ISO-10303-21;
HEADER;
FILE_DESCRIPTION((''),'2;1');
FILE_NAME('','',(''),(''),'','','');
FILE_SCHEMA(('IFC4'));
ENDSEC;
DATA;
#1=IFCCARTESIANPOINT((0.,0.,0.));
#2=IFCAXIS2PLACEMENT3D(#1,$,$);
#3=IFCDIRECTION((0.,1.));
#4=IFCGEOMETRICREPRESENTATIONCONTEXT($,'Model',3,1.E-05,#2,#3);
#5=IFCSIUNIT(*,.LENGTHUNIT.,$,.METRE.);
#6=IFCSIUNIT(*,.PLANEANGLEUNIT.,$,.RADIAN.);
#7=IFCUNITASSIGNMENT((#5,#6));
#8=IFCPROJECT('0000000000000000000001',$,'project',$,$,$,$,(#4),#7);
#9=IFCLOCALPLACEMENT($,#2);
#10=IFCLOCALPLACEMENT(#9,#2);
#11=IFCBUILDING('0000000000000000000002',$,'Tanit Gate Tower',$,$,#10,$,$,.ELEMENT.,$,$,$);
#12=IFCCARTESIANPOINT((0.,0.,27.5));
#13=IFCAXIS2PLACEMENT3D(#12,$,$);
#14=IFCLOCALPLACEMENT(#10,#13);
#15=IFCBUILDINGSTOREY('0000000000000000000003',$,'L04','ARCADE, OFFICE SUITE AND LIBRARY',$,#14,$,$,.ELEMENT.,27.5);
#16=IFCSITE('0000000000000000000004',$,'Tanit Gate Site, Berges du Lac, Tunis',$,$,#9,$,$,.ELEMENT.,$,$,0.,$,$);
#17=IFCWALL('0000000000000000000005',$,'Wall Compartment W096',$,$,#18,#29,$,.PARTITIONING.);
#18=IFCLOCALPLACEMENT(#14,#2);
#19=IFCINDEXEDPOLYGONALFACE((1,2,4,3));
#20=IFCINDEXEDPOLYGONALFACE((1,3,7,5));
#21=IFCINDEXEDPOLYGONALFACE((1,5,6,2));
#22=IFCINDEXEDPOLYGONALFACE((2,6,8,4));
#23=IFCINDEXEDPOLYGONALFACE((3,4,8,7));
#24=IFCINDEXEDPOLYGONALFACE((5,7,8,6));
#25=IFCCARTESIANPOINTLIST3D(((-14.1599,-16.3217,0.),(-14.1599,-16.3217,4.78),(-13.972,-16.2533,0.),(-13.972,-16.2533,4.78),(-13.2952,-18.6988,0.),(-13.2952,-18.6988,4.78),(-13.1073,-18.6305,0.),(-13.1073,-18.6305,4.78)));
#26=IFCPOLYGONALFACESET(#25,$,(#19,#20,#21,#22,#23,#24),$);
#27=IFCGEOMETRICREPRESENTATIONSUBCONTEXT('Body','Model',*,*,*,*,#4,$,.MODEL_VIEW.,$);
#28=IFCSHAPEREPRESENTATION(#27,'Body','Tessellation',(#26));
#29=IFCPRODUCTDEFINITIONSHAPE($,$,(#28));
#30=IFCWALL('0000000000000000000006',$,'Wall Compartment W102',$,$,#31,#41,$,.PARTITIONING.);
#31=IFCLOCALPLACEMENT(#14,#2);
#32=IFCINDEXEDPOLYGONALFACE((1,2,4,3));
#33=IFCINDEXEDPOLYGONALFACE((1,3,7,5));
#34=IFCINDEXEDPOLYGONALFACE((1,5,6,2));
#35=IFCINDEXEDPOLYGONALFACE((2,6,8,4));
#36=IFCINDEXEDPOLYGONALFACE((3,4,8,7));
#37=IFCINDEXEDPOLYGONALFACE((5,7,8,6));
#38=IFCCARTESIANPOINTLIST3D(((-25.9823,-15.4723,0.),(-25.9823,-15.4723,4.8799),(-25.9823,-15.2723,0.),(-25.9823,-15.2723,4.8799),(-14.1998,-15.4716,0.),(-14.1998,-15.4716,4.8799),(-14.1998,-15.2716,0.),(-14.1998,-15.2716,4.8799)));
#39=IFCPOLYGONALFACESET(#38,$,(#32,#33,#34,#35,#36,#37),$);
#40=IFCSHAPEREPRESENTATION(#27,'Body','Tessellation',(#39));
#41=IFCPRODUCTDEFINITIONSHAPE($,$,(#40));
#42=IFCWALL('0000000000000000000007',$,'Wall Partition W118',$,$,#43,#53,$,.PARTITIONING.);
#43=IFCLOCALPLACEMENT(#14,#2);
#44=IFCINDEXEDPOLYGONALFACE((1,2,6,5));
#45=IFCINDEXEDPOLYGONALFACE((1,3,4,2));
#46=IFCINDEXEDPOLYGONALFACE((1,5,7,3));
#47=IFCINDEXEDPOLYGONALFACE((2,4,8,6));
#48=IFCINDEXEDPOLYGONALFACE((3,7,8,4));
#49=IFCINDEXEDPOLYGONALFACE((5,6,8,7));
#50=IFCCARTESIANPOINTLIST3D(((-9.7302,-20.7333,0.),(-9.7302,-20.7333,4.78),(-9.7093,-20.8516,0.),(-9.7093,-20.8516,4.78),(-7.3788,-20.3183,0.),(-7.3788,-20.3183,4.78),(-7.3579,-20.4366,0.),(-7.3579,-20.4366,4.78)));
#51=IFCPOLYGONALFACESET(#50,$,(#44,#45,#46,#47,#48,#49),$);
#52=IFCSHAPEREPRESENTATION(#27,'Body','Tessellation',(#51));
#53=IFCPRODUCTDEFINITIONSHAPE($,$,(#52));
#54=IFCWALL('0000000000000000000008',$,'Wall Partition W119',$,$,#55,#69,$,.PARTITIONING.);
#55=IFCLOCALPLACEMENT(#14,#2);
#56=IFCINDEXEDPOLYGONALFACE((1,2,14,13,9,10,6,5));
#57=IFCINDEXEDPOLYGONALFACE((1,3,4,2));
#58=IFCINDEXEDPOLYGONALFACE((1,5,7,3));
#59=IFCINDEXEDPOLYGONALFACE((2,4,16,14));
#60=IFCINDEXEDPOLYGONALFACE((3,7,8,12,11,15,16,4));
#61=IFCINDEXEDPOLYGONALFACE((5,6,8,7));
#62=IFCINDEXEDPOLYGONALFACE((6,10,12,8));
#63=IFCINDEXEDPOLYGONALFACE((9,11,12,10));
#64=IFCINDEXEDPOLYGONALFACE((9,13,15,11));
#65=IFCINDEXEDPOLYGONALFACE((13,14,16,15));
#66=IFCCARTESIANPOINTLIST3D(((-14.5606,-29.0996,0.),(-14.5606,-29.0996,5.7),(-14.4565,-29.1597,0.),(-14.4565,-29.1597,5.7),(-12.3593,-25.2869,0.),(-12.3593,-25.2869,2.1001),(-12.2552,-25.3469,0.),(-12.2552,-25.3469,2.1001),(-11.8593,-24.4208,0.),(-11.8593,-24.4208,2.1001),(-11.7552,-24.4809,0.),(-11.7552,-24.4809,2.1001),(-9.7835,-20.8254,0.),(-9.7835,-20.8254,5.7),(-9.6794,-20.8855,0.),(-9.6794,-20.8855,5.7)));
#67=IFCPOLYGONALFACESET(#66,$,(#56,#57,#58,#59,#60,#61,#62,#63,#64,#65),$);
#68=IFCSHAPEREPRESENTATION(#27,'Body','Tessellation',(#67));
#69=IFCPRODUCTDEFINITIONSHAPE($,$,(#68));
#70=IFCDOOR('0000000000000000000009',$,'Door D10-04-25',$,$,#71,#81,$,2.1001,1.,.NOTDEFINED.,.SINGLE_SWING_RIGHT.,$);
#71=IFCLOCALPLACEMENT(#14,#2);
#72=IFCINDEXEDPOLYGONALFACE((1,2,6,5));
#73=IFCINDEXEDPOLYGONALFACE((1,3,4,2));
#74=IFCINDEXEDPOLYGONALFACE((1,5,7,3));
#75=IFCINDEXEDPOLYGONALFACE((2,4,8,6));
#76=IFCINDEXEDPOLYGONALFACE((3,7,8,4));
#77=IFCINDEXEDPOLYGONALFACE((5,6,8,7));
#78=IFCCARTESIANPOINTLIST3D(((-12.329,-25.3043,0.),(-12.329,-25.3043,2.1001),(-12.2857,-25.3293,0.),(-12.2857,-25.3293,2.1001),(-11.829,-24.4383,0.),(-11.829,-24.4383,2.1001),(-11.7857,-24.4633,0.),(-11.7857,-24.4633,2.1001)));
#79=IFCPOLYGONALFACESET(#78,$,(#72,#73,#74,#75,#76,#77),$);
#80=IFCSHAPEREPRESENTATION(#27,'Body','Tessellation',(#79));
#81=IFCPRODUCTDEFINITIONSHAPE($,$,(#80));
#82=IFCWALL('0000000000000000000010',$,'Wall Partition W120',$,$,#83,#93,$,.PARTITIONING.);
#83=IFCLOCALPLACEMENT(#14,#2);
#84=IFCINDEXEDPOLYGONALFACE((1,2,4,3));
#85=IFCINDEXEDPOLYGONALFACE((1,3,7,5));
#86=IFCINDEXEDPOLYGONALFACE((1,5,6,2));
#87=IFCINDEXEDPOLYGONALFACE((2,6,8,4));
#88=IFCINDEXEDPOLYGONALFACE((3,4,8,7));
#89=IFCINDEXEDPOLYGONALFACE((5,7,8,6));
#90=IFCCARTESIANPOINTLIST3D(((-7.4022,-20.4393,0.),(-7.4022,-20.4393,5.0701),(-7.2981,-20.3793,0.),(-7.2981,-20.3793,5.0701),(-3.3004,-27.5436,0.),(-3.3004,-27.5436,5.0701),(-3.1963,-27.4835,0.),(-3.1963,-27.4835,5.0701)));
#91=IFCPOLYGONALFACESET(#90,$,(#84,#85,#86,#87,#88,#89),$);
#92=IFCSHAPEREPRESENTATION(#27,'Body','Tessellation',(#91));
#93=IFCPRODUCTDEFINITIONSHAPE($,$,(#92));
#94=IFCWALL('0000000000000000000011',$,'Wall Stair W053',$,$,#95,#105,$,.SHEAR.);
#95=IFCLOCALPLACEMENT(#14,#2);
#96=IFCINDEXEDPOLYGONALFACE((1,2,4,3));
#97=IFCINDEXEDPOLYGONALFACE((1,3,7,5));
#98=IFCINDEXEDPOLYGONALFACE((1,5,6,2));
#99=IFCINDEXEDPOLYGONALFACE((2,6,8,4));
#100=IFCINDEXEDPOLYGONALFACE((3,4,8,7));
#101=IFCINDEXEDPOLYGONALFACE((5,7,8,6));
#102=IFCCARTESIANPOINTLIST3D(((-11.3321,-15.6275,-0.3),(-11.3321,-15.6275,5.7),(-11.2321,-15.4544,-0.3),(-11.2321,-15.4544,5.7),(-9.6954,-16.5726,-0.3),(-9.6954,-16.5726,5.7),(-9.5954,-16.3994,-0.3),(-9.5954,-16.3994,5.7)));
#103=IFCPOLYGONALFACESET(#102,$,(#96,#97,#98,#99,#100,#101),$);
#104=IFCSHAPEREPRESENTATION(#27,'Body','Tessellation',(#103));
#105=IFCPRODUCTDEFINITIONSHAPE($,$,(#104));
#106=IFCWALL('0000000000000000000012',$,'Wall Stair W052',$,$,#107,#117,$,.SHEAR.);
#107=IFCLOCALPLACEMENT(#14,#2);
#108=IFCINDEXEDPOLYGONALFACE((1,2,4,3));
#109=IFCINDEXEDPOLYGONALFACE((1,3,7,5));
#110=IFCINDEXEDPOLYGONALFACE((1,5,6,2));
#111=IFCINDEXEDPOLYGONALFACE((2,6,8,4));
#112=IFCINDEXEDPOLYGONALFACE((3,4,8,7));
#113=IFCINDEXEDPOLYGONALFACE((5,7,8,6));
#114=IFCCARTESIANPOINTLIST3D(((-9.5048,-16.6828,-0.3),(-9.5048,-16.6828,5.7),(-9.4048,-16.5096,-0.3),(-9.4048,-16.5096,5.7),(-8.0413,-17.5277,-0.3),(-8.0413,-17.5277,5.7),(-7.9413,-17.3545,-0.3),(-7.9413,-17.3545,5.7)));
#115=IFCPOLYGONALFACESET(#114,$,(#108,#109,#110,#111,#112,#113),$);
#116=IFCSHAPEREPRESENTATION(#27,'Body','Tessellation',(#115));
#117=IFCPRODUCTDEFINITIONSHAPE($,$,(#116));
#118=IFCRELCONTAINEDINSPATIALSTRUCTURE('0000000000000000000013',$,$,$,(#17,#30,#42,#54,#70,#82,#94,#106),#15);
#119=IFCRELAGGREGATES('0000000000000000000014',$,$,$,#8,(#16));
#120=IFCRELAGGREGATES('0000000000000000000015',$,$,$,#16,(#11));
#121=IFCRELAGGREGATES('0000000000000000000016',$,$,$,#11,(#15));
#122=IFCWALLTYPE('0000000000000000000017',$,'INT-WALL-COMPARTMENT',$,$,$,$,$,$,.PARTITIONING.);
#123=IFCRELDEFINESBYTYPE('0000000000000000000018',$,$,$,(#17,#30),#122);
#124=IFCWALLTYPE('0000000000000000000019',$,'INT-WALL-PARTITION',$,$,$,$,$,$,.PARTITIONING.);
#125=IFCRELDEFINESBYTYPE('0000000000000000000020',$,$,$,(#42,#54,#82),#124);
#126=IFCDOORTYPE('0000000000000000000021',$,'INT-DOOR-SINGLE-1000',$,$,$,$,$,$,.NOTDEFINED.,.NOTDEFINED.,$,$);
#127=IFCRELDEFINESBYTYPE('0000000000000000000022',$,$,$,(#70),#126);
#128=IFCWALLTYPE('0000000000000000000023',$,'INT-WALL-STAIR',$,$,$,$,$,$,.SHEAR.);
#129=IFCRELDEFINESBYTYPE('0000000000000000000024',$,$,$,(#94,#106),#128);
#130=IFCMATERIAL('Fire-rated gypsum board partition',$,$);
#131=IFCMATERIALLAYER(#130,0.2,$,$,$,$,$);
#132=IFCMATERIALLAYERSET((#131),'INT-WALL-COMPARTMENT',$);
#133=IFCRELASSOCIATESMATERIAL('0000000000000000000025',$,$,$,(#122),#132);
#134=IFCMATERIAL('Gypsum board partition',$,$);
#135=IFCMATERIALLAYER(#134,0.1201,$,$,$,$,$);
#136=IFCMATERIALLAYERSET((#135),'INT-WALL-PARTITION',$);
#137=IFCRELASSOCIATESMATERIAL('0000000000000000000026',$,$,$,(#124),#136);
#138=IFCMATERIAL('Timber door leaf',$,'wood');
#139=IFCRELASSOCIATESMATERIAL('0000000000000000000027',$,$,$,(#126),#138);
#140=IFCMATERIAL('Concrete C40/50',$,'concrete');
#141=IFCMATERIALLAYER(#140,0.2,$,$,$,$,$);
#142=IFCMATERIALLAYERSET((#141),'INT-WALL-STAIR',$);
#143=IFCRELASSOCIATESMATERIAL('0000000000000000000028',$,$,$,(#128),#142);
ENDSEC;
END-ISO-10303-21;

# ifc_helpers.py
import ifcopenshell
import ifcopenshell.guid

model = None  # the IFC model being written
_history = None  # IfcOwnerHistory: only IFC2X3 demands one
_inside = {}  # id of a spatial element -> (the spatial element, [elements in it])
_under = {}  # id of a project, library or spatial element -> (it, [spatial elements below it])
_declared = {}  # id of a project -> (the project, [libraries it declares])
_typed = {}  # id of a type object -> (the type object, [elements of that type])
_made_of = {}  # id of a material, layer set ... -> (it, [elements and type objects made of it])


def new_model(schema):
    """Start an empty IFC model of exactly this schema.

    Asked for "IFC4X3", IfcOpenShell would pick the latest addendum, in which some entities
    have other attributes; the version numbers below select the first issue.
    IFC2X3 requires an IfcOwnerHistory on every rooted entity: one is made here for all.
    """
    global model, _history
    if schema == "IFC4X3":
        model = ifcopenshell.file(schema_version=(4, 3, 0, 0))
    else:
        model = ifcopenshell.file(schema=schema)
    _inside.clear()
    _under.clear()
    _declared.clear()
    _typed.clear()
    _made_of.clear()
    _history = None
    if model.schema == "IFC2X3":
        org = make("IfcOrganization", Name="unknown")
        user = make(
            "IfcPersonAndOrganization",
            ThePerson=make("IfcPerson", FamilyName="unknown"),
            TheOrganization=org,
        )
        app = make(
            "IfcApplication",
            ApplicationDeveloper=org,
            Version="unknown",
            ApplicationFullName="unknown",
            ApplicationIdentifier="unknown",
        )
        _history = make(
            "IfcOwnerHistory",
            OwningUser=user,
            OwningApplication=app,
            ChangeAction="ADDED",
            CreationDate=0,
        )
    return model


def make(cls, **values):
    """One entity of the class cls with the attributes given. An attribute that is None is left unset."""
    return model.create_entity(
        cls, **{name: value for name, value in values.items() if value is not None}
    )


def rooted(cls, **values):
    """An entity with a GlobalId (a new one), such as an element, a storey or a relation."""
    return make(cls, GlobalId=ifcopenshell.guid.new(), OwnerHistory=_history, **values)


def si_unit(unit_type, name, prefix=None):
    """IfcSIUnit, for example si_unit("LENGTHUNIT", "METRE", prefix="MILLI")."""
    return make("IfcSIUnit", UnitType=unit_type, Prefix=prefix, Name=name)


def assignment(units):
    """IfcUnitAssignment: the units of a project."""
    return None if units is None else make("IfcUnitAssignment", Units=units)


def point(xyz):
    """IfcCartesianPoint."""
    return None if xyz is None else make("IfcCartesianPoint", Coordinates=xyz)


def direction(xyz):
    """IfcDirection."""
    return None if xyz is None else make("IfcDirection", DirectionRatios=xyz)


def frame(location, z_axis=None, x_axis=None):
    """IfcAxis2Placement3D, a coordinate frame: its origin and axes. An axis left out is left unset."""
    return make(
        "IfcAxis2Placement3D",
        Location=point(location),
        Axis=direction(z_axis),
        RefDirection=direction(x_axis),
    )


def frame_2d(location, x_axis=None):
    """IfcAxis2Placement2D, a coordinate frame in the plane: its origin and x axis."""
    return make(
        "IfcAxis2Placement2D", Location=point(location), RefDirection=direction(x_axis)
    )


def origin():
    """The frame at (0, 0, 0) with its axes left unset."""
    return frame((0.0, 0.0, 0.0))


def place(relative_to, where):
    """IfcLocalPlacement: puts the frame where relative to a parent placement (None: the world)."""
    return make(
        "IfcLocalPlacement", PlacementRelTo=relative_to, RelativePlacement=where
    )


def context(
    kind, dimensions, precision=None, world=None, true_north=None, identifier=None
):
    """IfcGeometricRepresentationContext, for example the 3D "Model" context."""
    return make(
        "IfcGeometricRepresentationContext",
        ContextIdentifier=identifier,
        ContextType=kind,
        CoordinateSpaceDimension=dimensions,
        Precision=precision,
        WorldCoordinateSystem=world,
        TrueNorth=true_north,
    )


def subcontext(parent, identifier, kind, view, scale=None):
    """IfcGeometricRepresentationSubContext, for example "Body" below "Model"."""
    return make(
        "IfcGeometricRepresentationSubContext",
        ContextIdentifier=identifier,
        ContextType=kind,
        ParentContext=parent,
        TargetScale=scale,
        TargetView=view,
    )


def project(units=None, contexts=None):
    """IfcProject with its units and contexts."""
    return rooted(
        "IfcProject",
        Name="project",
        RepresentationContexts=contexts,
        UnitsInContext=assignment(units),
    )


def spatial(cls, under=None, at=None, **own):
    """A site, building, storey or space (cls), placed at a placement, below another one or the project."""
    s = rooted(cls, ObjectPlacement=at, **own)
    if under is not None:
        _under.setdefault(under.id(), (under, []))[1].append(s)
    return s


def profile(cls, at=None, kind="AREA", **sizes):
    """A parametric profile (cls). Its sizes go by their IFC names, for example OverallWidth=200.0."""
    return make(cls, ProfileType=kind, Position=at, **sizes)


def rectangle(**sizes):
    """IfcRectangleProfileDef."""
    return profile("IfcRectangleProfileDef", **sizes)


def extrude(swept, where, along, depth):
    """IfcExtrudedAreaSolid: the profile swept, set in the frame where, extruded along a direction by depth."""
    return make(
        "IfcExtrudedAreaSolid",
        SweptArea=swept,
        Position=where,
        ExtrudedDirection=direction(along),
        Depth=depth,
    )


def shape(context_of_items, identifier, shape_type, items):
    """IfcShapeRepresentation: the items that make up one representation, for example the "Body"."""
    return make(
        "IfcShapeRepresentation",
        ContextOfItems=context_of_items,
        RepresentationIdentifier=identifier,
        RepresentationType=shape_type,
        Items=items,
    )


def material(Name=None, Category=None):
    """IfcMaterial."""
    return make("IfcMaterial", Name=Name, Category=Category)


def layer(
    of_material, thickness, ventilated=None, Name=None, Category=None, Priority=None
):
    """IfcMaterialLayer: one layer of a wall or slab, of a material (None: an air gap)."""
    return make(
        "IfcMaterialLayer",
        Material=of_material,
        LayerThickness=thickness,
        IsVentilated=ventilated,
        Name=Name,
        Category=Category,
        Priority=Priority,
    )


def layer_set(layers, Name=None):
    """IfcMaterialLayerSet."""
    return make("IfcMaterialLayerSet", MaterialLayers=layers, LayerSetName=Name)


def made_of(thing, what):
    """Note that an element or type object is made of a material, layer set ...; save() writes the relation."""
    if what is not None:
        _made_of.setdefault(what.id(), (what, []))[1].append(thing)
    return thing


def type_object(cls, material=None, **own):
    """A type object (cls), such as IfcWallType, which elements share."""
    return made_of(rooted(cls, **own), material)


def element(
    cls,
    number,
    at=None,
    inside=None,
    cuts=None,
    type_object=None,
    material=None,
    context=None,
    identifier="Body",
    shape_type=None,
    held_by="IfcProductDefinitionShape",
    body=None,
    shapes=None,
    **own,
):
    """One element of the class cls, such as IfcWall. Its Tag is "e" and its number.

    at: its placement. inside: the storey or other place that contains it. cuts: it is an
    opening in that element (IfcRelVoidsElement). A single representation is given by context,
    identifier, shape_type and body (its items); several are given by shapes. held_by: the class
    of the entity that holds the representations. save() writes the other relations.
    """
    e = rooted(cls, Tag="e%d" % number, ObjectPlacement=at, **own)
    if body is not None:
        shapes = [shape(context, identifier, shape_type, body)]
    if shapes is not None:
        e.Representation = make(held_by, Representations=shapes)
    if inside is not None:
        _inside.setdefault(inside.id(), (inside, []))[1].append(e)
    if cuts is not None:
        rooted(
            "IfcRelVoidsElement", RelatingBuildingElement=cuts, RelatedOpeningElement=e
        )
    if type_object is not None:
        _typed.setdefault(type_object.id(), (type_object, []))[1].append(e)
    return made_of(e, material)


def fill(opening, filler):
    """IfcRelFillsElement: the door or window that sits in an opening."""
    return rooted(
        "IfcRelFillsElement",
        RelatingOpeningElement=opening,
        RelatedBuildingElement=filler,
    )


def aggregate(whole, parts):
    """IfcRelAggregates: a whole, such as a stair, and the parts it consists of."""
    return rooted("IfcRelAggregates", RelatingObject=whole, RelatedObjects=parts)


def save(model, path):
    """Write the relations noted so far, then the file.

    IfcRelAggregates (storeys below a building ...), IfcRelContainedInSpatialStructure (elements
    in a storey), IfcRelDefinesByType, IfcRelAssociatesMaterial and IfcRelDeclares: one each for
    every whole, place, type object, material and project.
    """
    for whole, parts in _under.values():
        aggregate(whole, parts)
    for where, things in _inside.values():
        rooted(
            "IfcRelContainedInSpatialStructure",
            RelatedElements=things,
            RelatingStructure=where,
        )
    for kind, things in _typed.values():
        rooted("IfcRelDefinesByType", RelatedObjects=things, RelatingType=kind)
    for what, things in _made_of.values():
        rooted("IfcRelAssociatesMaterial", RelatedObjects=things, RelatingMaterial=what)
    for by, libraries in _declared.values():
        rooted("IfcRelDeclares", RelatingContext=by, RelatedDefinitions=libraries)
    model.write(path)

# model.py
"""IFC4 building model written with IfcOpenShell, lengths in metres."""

from ifc_helpers import new_model, si_unit, direction, frame, frame_2d, origin, place, context, subcontext, project, spatial, rectangle, extrude, material, layer, layer_set, type_object, element, fill, save


model = new_model("IFC4")

# Units and contexts
model_context = context("Model", 3, precision=1e-05, world=origin(), true_north=direction((0.0, 1.0)))
body_context = subcontext(model_context, "Body", "Model", "MODEL_VIEW")
ifc_project = project(units=[si_unit("LENGTHUNIT", "METRE"), si_unit("PLANEANGLEUNIT", "RADIAN")], contexts=[model_context])

# Site, building, storey
site_placement = place(None, origin())
site = spatial("IfcSite", under=ifc_project, at=site_placement, Name="Tanit Gate Site, Berges du Lac, Tunis", CompositionType="ELEMENT", RefElevation=0.0)
building_placement = place(site_placement, origin())
building = spatial("IfcBuilding", under=site, at=building_placement, Name="Tanit Gate Tower", CompositionType="ELEMENT")
storey_placement = place(building_placement, frame((0.0, 0.0, 27.5)))
storey = spatial("IfcBuildingStorey", under=building, at=storey_placement, Name="L04", Description="ARCADE, OFFICE SUITE AND LIBRARY", CompositionType="ELEMENT", Elevation=27.5)

# Walls
ifc_material_1 = material(Name="Fire-rated gypsum board partition")
ifc_layer_1 = layer(ifc_material_1, 0.2)
ifc_layer_set_1 = layer_set([ifc_layer_1], Name="INT-WALL-COMPARTMENT")
wall_type_1 = type_object("IfcWallType", Name="INT-WALL-COMPARTMENT", PredefinedType="PARTITIONING", material=ifc_layer_set_1)
wall_1_placement = place(storey_placement, frame((-14.0659, -16.2876, 0.0), z_axis=(0.0, 0.0, 1.0), x_axis=(0.341852, -0.939754, 0.0)))
element("IfcWall", 1, at=wall_1_placement, inside=storey, type_object=wall_type_1, Name="Wall Compartment W096", PredefinedType="PARTITIONING", context=body_context, shape_type="SweptSolid", body=[
    extrude(rectangle(XDim=2.5295, YDim=0.2, at=frame_2d((1.2646, 0.0))), origin(), (0.0, 0.0, 1.0), 4.78),
])
wall_2_placement = place(storey_placement, frame((-14.2, -15.3716, 0.0), z_axis=(0.0, 0.0, 1.0), x_axis=(-1.0, -0.000062, 0.0)))
element("IfcWall", 2, at=wall_2_placement, inside=storey, type_object=wall_type_1, Name="Wall Compartment W102", PredefinedType="PARTITIONING", context=body_context, shape_type="SweptSolid", body=[
    extrude(rectangle(XDim=11.7825, YDim=0.2, at=frame_2d((5.8911, 0.0))), origin(), (0.0, 0.0, 1.0), 4.8799),
])
ifc_material_2 = material(Name="Gypsum board partition")
ifc_layer_2 = layer(ifc_material_2, 0.1201)
ifc_layer_set_2 = layer_set([ifc_layer_2], Name="INT-WALL-PARTITION")
wall_type_2 = type_object("IfcWallType", Name="INT-WALL-PARTITION", PredefinedType="PARTITIONING", material=ifc_layer_set_2)
wall_3_placement = place(storey_placement, frame((-9.7197, -20.7925, 0.0), z_axis=(0.0, 0.0, 1.0), x_axis=(0.984776, 0.173826, 0.0)))
element("IfcWall", 3, at=wall_3_placement, inside=storey, type_object=wall_type_2, Name="Wall Partition W118", PredefinedType="PARTITIONING", context=body_context, shape_type="SweptSolid", body=[
    extrude(rectangle(XDim=2.3877, YDim=0.1201, at=frame_2d((1.1938, 0.0))), origin(), (0.0, 0.0, 1.0), 4.78),
])

# Wall, opening, door
wall_4_placement = place(storey_placement, frame((-9.7314, -20.8555, 0.0), z_axis=(0.0, 0.0, 1.0), x_axis=(-0.5, -0.866025, 0.0)))
wall_4 = element("IfcWall", 4, at=wall_4_placement, inside=storey, type_object=wall_type_2, Name="Wall Partition W119", PredefinedType="PARTITIONING", context=body_context, shape_type="SweptSolid", body=[
    extrude(rectangle(XDim=9.5542, YDim=0.1201, at=frame_2d((4.7771, 0.0))), origin(), (0.0, 0.0, 1.0), 5.7),
])
opening_1_placement = place(wall_4_placement, frame((4.1516, 0.0, 0.0)))
opening_1 = element("IfcOpeningElement", 5, at=opening_1_placement, cuts=wall_4, PredefinedType="OPENING", context=body_context, shape_type="SweptSolid", body=[
    extrude(rectangle(XDim=1.0, YDim=2.1001, at=frame_2d((0.5, 1.05))), frame((0.0, 0.0701, 0.0), z_axis=(0.0, -1.0, 0.0), x_axis=(1.0, 0.0, 0.0)), (0.0, 0.0, 1.0), 0.1401),
])
ifc_material_3 = material(Name="Timber door leaf", Category="wood")
door_type_1 = type_object("IfcDoorType", Name="INT-DOOR-SINGLE-1000", OperationType="NOTDEFINED", PredefinedType="NOTDEFINED", material=ifc_material_3)
door_1_placement = place(opening_1_placement, origin())
door_1 = element("IfcDoor", 6, at=door_1_placement, inside=storey, type_object=door_type_1, Name="Door D10-04-25", OperationType="SINGLE_SWING_RIGHT", OverallHeight=2.1001, OverallWidth=1.0, PredefinedType="NOTDEFINED", context=body_context, shape_type="SweptSolid", body=[
    extrude(rectangle(XDim=1.0, YDim=2.1001, at=frame_2d((0.5, 1.05))), frame((0.0, 0.0249, 0.0), z_axis=(0.0, -1.0, 0.0), x_axis=(1.0, 0.0, 0.0)), (0.0, 0.0, 1.0), 0.05),
])
fill(opening_1, door_1)

# Walls
wall_5_placement = place(storey_placement, frame((-7.3501, -20.4094, 0.0), z_axis=(0.0, 0.0, 1.0), x_axis=(0.500015, -0.866017, 0.0)))
element("IfcWall", 7, at=wall_5_placement, inside=storey, type_object=wall_type_2, Name="Wall Partition W120", PredefinedType="PARTITIONING", context=body_context, shape_type="SweptSolid", body=[
    extrude(rectangle(XDim=8.2034, YDim=0.1201, at=frame_2d((4.1016, 0.0))), origin(), (0.0, 0.0, 1.0), 5.0701),
])
ifc_material_4 = material(Name="Concrete C40/50", Category="concrete")
ifc_layer_3 = layer(ifc_material_4, 0.2)
ifc_layer_set_3 = layer_set([ifc_layer_3], Name="INT-WALL-STAIR")
wall_type_3 = type_object("IfcWallType", Name="INT-WALL-STAIR", PredefinedType="SHEAR", material=ifc_layer_set_3)
wall_6_placement = place(storey_placement, frame((-11.282, -15.541, -0.3), z_axis=(0.0, 0.0, 1.0), x_axis=(0.866001, -0.500043, 0.0)))
element("IfcWall", 8, at=wall_6_placement, inside=storey, type_object=wall_type_3, Name="Wall Stair W053", PredefinedType="SHEAR", context=body_context, shape_type="SweptSolid", body=[
    extrude(rectangle(XDim=1.8899, YDim=0.2, at=frame_2d((0.9448, 0.0))), origin(), (0.0, 0.0, 1.0), 6.0),
])
wall_7_placement = place(storey_placement, frame((-9.4548, -16.5962, -0.3), z_axis=(0.0, 0.0, 1.0), x_axis=(0.866039, -0.499977, 0.0)))
element("IfcWall", 9, at=wall_7_placement, inside=storey, type_object=wall_type_3, Name="Wall Stair W052", PredefinedType="SHEAR", context=body_context, shape_type="SweptSolid", body=[
    extrude(rectangle(XDim=1.6899, YDim=0.2, at=frame_2d((0.845, 0.0))), origin(), (0.0, 0.0, 1.0), 6.0),
])

save(model, "model.ifc")
